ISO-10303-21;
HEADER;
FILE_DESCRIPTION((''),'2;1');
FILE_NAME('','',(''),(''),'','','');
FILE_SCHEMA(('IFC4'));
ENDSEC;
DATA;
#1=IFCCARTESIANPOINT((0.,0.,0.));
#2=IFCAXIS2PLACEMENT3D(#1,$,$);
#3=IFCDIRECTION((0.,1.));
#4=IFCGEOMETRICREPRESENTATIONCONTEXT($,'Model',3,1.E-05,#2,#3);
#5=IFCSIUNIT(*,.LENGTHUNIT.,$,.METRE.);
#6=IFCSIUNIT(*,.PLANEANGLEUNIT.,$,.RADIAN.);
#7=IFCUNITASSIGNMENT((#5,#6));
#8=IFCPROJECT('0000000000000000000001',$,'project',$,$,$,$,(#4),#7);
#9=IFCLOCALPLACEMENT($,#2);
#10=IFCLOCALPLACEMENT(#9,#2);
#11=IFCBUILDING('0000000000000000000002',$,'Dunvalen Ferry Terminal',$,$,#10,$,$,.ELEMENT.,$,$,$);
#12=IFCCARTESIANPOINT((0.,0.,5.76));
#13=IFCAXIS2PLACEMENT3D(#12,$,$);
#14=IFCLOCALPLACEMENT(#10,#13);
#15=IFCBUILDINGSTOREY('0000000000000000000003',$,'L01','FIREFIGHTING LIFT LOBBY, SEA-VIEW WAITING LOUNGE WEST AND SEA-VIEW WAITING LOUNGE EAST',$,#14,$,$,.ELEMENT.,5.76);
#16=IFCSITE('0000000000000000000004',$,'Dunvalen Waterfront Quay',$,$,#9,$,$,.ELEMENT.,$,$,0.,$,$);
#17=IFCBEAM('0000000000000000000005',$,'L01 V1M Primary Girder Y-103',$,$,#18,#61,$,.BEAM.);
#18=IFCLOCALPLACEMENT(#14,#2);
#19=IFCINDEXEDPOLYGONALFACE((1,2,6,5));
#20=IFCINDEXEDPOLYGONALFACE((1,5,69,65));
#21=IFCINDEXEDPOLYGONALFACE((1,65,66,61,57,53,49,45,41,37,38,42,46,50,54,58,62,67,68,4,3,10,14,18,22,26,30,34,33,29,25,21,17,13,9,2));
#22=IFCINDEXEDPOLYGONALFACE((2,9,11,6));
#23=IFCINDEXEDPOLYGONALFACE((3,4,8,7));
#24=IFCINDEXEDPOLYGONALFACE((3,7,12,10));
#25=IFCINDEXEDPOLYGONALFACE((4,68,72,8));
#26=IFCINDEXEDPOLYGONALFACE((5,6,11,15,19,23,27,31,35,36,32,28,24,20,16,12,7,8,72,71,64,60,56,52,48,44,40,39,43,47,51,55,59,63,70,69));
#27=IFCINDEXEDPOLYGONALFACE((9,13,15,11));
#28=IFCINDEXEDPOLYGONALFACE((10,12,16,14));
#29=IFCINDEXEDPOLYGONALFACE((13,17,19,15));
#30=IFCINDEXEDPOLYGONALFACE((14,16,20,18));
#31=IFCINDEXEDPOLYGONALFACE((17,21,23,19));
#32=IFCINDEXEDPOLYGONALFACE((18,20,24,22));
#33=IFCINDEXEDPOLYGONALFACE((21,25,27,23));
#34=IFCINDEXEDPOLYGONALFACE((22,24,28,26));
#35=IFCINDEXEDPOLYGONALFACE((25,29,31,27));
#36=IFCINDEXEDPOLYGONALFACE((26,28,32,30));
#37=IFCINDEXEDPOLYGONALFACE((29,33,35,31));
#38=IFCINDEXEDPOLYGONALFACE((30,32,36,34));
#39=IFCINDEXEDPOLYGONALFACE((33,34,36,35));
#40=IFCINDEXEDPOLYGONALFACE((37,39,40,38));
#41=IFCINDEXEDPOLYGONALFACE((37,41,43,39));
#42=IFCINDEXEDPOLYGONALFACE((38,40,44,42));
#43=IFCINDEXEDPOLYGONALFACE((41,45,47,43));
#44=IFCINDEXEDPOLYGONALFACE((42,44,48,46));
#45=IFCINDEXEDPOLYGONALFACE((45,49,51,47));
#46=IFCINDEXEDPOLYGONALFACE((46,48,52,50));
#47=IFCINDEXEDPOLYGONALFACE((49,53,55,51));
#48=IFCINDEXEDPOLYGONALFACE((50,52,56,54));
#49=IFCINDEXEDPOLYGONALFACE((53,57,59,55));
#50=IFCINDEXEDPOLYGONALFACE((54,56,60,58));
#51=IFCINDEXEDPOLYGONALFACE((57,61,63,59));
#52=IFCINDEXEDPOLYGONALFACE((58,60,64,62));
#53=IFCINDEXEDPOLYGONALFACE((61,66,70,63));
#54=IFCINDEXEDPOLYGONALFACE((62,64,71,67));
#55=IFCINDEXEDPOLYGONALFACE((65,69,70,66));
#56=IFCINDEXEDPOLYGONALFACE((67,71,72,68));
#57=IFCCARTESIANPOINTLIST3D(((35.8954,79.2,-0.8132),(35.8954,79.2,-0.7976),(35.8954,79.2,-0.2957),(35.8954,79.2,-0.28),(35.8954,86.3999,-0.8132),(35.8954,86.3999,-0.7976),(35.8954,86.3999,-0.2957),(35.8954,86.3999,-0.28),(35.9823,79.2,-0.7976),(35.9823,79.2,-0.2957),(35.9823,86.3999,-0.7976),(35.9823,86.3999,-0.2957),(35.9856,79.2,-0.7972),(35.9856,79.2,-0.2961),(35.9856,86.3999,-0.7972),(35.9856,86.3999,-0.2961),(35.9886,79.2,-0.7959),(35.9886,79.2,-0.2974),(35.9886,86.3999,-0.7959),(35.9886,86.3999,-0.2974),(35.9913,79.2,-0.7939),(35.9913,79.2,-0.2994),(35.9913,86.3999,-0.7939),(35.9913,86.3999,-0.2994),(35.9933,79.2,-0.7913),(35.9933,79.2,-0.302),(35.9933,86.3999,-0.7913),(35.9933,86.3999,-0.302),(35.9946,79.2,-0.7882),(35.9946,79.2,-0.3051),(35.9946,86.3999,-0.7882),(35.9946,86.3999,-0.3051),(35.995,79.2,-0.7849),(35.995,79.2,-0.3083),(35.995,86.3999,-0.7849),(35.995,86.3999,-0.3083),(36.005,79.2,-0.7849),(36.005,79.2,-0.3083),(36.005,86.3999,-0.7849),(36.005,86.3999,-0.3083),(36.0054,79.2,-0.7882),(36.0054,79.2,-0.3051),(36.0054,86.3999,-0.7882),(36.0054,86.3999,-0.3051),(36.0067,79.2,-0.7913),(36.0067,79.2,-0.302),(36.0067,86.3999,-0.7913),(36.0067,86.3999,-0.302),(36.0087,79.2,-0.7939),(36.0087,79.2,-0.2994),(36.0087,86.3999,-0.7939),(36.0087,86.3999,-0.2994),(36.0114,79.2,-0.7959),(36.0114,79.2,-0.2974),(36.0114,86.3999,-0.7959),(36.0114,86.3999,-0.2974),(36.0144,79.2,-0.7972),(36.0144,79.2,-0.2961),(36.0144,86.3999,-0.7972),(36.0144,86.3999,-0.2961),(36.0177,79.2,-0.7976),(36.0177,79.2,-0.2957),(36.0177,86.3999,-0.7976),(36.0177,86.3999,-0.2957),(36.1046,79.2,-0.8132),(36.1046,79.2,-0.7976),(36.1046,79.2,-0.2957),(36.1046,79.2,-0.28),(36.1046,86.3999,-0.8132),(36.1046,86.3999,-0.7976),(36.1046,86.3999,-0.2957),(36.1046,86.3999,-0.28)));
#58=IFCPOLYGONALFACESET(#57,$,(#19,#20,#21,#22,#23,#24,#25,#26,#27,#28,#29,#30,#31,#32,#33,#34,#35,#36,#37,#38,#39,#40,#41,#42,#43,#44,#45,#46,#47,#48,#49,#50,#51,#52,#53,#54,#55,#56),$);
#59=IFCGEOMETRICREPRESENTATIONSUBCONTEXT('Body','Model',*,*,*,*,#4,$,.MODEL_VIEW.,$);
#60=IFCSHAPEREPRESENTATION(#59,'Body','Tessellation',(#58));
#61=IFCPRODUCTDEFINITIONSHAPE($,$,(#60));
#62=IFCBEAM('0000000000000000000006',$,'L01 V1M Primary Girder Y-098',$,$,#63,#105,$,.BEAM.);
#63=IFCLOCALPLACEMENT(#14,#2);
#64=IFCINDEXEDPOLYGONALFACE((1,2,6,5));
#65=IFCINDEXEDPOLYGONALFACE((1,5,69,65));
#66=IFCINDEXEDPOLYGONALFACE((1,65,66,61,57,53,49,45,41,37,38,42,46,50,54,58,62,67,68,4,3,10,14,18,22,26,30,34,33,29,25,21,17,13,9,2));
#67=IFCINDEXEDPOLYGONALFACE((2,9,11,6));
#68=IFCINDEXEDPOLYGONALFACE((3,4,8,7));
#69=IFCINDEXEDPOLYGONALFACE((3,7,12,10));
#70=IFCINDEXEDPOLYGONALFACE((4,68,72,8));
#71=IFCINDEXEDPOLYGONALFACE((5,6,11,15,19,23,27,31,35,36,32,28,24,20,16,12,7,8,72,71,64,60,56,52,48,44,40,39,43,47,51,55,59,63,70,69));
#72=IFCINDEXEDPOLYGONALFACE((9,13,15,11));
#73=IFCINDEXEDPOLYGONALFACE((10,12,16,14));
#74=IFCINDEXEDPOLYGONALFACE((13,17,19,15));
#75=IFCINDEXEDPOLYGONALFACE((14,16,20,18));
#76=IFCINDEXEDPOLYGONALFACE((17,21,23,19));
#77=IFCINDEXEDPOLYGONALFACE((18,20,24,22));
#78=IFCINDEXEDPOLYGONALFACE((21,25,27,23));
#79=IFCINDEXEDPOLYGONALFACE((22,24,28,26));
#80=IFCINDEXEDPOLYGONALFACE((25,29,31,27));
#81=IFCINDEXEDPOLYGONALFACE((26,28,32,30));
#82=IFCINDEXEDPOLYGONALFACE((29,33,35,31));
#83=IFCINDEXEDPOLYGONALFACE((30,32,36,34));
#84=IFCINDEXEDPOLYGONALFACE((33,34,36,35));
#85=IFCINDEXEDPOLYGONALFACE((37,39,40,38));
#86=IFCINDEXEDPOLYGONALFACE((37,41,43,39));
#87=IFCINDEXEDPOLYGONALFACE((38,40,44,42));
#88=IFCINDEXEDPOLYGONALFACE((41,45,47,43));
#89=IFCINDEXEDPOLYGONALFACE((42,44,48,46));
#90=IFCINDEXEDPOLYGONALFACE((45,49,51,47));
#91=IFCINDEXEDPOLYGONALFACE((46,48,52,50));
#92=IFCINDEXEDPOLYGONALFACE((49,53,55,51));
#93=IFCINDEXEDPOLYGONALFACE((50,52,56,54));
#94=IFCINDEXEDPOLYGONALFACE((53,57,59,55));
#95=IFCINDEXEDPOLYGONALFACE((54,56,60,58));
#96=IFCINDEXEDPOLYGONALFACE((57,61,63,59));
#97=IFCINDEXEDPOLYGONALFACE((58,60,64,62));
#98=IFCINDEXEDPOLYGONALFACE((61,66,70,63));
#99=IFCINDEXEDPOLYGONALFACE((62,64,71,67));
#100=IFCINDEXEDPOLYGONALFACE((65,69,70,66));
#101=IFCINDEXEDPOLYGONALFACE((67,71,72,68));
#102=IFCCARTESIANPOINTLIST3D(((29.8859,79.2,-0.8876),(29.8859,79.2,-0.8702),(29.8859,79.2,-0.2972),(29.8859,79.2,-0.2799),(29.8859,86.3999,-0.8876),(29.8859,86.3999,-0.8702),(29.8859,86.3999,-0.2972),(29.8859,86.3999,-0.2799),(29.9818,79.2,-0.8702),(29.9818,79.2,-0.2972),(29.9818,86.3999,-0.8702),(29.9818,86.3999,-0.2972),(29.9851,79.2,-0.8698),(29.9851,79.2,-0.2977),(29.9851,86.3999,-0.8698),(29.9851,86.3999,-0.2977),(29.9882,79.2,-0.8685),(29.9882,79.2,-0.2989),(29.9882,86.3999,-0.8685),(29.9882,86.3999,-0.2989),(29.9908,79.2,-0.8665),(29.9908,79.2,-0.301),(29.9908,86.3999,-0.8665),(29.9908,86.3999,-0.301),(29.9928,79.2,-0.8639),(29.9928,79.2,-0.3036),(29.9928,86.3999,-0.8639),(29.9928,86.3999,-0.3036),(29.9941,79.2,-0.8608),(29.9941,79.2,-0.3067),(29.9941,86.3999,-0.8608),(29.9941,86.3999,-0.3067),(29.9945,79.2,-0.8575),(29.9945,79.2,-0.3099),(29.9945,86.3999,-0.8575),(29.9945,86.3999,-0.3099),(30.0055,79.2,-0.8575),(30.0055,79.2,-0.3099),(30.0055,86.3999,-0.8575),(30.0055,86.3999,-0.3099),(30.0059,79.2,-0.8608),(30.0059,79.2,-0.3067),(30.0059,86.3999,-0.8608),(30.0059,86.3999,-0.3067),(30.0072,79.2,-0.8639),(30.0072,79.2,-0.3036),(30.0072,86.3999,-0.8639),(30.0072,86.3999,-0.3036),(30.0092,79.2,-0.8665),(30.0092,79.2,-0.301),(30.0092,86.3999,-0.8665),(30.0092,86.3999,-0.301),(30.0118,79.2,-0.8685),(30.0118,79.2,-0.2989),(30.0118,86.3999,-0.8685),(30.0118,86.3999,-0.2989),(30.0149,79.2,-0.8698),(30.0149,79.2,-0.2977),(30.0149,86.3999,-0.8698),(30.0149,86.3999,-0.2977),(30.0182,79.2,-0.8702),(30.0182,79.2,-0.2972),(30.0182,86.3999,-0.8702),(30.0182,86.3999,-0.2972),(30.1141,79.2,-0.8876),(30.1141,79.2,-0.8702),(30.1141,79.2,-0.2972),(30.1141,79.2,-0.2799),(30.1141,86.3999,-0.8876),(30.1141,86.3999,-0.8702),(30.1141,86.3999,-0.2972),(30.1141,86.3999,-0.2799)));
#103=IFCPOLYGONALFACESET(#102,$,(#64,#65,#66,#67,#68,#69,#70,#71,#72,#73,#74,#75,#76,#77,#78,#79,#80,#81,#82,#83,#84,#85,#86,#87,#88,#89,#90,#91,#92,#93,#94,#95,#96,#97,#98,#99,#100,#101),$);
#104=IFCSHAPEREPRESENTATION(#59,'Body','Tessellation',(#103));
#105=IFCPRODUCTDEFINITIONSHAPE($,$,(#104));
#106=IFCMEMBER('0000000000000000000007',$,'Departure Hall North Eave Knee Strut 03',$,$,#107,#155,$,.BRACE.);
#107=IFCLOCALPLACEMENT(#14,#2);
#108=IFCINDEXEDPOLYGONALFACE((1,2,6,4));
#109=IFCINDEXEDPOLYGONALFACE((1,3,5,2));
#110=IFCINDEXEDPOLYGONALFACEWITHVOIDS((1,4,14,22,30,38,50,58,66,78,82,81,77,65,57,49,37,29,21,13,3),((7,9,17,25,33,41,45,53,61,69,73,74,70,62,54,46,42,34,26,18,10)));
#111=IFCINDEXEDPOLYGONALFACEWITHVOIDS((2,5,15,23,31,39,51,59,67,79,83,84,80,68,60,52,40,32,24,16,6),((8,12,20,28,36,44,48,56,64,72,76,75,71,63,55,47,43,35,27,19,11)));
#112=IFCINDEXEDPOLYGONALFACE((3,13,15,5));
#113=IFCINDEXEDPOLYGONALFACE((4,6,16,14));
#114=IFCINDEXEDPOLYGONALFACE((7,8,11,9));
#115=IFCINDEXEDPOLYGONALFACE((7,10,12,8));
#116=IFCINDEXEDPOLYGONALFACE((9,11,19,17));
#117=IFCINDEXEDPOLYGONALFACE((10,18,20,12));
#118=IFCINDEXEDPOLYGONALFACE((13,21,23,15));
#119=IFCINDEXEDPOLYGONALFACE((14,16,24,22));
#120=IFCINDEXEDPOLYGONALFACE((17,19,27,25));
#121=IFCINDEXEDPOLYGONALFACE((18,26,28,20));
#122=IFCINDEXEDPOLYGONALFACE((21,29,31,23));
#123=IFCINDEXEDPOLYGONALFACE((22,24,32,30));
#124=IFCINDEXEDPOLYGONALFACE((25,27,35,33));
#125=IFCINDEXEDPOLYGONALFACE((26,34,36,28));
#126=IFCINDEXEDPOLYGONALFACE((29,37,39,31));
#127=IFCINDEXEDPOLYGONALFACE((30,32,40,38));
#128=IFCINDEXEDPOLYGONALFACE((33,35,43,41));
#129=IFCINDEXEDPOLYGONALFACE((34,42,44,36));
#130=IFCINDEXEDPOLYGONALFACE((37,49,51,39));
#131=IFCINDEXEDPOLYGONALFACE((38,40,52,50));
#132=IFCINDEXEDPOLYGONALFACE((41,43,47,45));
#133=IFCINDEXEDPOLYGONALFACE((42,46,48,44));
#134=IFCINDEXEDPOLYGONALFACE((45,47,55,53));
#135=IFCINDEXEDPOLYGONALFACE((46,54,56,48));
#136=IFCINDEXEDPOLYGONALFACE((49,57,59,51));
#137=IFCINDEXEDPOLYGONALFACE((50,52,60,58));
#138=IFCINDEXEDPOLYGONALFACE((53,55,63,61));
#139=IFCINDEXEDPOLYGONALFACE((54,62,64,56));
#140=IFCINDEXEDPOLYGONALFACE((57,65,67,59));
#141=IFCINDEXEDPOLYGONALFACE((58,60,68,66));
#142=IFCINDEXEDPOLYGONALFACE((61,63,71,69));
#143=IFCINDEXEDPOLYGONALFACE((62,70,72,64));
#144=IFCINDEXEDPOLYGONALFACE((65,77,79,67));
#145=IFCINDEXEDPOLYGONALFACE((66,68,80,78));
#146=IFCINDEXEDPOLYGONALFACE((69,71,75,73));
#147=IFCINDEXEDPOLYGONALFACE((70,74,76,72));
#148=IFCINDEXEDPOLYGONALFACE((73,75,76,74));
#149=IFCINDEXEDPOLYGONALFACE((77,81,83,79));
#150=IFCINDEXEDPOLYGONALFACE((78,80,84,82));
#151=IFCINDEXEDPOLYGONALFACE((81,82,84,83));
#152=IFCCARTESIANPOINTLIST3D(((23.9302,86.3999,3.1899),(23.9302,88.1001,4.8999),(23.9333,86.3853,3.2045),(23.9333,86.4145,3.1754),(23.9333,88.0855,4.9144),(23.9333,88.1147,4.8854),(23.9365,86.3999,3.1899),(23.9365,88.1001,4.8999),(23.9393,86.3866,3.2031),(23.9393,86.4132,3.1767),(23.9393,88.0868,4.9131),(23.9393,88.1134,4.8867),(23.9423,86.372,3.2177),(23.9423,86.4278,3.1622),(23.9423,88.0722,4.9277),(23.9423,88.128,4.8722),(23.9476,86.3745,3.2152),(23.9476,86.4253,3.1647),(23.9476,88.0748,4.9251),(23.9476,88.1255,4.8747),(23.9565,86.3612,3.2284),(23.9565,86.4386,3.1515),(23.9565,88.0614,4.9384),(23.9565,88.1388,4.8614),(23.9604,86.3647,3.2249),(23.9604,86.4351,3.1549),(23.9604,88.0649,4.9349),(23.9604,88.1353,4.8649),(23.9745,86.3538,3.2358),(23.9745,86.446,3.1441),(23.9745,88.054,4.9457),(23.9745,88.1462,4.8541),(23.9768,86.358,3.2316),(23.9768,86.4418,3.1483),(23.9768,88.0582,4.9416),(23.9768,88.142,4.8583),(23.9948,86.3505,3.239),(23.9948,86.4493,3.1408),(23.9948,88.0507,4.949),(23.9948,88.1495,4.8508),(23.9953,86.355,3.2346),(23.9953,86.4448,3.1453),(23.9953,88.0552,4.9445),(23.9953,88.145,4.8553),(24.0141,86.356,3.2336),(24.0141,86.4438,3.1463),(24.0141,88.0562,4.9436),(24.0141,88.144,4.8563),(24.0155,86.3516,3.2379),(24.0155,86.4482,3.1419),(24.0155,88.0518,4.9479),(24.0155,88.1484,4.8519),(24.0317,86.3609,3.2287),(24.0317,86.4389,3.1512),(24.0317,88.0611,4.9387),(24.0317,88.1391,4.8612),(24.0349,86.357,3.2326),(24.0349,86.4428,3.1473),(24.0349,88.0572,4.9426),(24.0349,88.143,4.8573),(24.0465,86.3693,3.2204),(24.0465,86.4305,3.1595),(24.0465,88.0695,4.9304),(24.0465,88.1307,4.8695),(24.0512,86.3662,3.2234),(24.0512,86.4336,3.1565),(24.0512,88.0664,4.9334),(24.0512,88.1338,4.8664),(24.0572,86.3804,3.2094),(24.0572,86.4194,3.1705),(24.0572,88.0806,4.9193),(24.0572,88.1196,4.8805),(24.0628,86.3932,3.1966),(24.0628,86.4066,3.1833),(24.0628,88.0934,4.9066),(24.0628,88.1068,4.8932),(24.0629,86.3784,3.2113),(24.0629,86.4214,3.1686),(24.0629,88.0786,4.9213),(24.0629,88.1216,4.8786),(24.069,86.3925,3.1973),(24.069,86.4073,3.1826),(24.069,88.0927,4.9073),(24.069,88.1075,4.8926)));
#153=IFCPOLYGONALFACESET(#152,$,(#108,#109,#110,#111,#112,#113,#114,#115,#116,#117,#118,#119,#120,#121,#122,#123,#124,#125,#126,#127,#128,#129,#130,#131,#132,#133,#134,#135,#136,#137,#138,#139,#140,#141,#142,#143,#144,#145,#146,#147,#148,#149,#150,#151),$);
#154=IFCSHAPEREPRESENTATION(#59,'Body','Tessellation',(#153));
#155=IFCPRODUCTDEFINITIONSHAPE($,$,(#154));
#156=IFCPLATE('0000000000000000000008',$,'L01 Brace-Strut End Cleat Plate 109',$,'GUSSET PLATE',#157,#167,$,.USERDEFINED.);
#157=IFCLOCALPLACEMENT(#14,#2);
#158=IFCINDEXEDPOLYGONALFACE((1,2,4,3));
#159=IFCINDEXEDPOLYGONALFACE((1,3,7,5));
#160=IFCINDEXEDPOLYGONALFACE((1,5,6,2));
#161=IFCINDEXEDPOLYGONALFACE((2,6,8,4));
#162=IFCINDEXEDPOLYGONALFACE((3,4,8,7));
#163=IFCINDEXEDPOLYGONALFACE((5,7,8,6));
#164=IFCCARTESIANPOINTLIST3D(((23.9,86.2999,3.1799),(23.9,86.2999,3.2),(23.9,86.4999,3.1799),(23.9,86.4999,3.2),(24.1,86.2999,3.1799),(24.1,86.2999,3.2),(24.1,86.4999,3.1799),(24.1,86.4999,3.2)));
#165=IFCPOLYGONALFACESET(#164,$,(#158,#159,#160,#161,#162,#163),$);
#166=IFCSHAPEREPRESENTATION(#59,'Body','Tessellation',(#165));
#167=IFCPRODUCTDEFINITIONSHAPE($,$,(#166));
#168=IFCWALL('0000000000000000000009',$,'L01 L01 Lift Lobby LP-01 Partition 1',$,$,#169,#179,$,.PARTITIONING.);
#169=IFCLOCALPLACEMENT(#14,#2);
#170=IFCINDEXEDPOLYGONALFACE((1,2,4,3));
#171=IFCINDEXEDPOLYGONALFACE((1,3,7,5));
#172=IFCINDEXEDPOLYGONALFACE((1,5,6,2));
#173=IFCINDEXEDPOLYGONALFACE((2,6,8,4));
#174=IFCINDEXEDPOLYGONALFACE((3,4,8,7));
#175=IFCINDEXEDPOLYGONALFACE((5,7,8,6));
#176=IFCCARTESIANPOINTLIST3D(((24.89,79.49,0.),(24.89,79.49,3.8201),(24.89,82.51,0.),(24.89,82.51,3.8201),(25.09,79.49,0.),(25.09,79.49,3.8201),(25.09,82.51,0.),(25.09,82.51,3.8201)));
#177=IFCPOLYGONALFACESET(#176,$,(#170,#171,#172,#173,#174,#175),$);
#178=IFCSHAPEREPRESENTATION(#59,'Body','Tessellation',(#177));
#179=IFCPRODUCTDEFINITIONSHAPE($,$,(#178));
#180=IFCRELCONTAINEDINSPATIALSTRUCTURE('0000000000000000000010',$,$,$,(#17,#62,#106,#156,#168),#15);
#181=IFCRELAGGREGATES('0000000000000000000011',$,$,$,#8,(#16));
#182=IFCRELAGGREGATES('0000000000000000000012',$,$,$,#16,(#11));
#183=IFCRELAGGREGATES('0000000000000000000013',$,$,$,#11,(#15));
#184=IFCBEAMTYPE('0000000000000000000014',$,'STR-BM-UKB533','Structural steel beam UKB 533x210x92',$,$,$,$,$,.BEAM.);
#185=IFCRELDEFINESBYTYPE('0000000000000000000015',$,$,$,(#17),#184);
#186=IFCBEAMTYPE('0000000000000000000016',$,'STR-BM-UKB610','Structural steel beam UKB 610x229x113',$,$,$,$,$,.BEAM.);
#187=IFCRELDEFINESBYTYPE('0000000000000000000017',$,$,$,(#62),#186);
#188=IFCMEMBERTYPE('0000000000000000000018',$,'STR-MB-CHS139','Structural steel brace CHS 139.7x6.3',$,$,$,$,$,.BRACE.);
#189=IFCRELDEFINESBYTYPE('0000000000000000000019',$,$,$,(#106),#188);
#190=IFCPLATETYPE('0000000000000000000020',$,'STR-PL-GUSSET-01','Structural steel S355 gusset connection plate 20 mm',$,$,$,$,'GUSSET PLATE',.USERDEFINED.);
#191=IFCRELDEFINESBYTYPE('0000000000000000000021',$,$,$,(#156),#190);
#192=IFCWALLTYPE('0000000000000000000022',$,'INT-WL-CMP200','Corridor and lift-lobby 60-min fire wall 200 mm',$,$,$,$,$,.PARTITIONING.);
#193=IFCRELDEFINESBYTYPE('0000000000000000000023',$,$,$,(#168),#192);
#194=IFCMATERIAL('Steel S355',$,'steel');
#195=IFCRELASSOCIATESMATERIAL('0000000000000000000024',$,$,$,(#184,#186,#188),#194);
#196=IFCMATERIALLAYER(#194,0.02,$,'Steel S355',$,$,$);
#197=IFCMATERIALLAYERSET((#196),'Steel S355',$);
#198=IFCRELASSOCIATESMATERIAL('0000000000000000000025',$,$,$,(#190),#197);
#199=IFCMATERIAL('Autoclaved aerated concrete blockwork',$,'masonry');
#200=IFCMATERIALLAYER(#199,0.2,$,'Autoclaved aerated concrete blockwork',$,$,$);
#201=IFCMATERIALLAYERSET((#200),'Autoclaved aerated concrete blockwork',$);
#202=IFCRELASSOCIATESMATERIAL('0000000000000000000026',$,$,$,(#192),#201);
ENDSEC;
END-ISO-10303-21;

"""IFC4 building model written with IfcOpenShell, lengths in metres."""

from ifc_helpers import new_model, si_unit, direction, frame, frame_2d, origin, origin_2d, place, context, subcontext, project, spatial, rectangle, hollow_circle, i_section, extrude, material, layer, layer_set, material_profile, profile_set, type_object, element, save


model = new_model("IFC4")

# Units and contexts
model_context = context("Model", 3, precision=1e-05, world=origin(), true_north=direction((0.0, 1.0)))
body_context = subcontext(model_context, "Body", "Model", "MODEL_VIEW")
ifc_project = project(units=[si_unit("LENGTHUNIT", "METRE"), si_unit("PLANEANGLEUNIT", "RADIAN")], contexts=[model_context])

# Site, building, storey
site_placement = place(None, origin())
site = spatial("IfcSite", under=ifc_project, at=site_placement, Name="Dunvalen Waterfront Quay", CompositionType="ELEMENT", RefElevation=0.0)
building_placement = place(site_placement, origin())
building = spatial("IfcBuilding", under=site, at=building_placement, Name="Dunvalen Ferry Terminal", CompositionType="ELEMENT")
storey_placement = place(building_placement, frame((0.0, 0.0, 5.76)))
storey = spatial("IfcBuildingStorey", under=building, at=storey_placement, Name="L01", Description="FIREFIGHTING LIFT LOBBY, SEA-VIEW WAITING LOUNGE WEST AND SEA-VIEW WAITING LOUNGE EAST", CompositionType="ELEMENT", Elevation=5.76)

# Beams
ifc_material_1 = material(Name="Steel S355", Category="steel")
ifc_material_profile_1 = material_profile(ifc_material_1, i_section(OverallWidth=0.2092, OverallDepth=0.5332, WebThickness=0.01, FlangeThickness=0.0156, FilletRadius=0.0127, at=origin_2d()), Name="Steel S355")
ifc_profile_set_1 = profile_set([ifc_material_profile_1], Name="Steel S355")
beam_type_1 = type_object("IfcBeamType", Name="STR-BM-UKB533", Description="Structural steel beam UKB 533x210x92", PredefinedType="BEAM", material=ifc_profile_set_1)
beam_1_placement = place(storey_placement, frame((36.0, 79.2, -0.5466), z_axis=(0.0, 1.0, 0.0), x_axis=(-1.0, 0.0, 0.0)))
element("IfcBeam", 1, at=beam_1_placement, inside=storey, type_object=beam_type_1, Name="L01 V1M Primary Girder Y-103", PredefinedType="BEAM", context=body_context, shape_type="SweptSolid", body=[
    extrude(i_section(OverallWidth=0.2092, OverallDepth=0.5332, WebThickness=0.01, FlangeThickness=0.0156, FilletRadius=0.0127, at=origin_2d()), origin(), (0.0, 0.0, 1.0), 7.2),
])
ifc_material_profile_2 = material_profile(ifc_material_1, i_section(OverallWidth=0.2283, OverallDepth=0.6077, WebThickness=0.011, FlangeThickness=0.0173, FilletRadius=0.0127, at=origin_2d()), Name="Steel S355")
ifc_profile_set_2 = profile_set([ifc_material_profile_2], Name="Steel S355")
beam_type_2 = type_object("IfcBeamType", Name="STR-BM-UKB610", Description="Structural steel beam UKB 610x229x113", PredefinedType="BEAM", material=ifc_profile_set_2)
beam_2_placement = place(storey_placement, frame((30.0, 79.2, -0.5837), z_axis=(0.0, 1.0, 0.0), x_axis=(-1.0, 0.0, 0.0)))
element("IfcBeam", 2, at=beam_2_placement, inside=storey, type_object=beam_type_2, Name="L01 V1M Primary Girder Y-098", PredefinedType="BEAM", context=body_context, shape_type="SweptSolid", body=[
    extrude(i_section(OverallWidth=0.2283, OverallDepth=0.6077, WebThickness=0.011, FlangeThickness=0.0173, FilletRadius=0.0127, at=origin_2d()), origin(), (0.0, 0.0, 1.0), 7.2),
])

# Member
ifc_material_profile_3 = material_profile(ifc_material_1, hollow_circle(Radius=0.0698, WallThickness=0.0063, at=origin_2d()), Name="Steel S355")
ifc_profile_set_3 = profile_set([ifc_material_profile_3], Name="Steel S355")
member_type_1 = type_object("IfcMemberType", Name="STR-MB-CHS139", Description="Structural steel brace CHS 139.7x6.3", PredefinedType="BRACE", material=ifc_profile_set_3)
member_1_placement = place(storey_placement, frame((24.0, 86.3999, 3.1899), z_axis=(0.0, 0.705079, 0.709129), x_axis=(-1.0, 0.0, 0.0)))
element("IfcMember", 3, at=member_1_placement, inside=storey, type_object=member_type_1, Name="Departure Hall North Eave Knee Strut 03", PredefinedType="BRACE", context=body_context, shape_type="SweptSolid", body=[
    extrude(hollow_circle(Radius=0.0698, WallThickness=0.0063, at=origin_2d()), origin(), (0.0, 0.0, 1.0), 2.4114),
])

# Plate
ifc_layer_1 = layer(ifc_material_1, 0.02, Name="Steel S355")
ifc_layer_set_1 = layer_set([ifc_layer_1], Name="Steel S355")
plate_type = type_object("IfcPlateType", Name="STR-PL-GUSSET-01", Description="Structural steel S355 gusset connection plate 20 mm", ElementType="GUSSET PLATE", PredefinedType="USERDEFINED", material=ifc_layer_set_1)
plate_placement = place(storey_placement, frame((24.0, 86.3999, 3.1799), z_axis=(0.0, 0.0, 1.0), x_axis=(1.0, 0.0, 0.0)))
element("IfcPlate", 4, at=plate_placement, inside=storey, type_object=plate_type, Name="L01 Brace-Strut End Cleat Plate 109", ObjectType="GUSSET PLATE", PredefinedType="USERDEFINED", context=body_context, shape_type="SweptSolid", body=[
    extrude(rectangle(XDim=0.2, YDim=0.2, at=origin_2d()), origin(), (0.0, 0.0, 1.0), 0.02),
])

# Wall
ifc_material_2 = material(Name="Autoclaved aerated concrete blockwork", Category="masonry")
ifc_layer_2 = layer(ifc_material_2, 0.2, Name="Autoclaved aerated concrete blockwork")
ifc_layer_set_2 = layer_set([ifc_layer_2], Name="Autoclaved aerated concrete blockwork")
wall_type_1 = type_object("IfcWallType", Name="INT-WL-CMP200", Description="Corridor and lift-lobby 60-min fire wall 200 mm", PredefinedType="PARTITIONING", material=ifc_layer_set_2)
wall_1_placement = place(storey_placement, frame((24.99, 82.51, 0.0), z_axis=(0.0, 0.0, 1.0), x_axis=(0.0, -1.0, 0.0)))
element("IfcWall", 5, at=wall_1_placement, inside=storey, type_object=wall_type_1, Name="L01 L01 Lift Lobby LP-01 Partition 1", PredefinedType="PARTITIONING", context=body_context, shape_type="SweptSolid", body=[
    extrude(rectangle(XDim=3.02, YDim=0.2, at=frame_2d((1.51, 0.0))), origin(), (0.0, 0.0, 1.0), 3.8201),
])

save(model, "model.ifc")
